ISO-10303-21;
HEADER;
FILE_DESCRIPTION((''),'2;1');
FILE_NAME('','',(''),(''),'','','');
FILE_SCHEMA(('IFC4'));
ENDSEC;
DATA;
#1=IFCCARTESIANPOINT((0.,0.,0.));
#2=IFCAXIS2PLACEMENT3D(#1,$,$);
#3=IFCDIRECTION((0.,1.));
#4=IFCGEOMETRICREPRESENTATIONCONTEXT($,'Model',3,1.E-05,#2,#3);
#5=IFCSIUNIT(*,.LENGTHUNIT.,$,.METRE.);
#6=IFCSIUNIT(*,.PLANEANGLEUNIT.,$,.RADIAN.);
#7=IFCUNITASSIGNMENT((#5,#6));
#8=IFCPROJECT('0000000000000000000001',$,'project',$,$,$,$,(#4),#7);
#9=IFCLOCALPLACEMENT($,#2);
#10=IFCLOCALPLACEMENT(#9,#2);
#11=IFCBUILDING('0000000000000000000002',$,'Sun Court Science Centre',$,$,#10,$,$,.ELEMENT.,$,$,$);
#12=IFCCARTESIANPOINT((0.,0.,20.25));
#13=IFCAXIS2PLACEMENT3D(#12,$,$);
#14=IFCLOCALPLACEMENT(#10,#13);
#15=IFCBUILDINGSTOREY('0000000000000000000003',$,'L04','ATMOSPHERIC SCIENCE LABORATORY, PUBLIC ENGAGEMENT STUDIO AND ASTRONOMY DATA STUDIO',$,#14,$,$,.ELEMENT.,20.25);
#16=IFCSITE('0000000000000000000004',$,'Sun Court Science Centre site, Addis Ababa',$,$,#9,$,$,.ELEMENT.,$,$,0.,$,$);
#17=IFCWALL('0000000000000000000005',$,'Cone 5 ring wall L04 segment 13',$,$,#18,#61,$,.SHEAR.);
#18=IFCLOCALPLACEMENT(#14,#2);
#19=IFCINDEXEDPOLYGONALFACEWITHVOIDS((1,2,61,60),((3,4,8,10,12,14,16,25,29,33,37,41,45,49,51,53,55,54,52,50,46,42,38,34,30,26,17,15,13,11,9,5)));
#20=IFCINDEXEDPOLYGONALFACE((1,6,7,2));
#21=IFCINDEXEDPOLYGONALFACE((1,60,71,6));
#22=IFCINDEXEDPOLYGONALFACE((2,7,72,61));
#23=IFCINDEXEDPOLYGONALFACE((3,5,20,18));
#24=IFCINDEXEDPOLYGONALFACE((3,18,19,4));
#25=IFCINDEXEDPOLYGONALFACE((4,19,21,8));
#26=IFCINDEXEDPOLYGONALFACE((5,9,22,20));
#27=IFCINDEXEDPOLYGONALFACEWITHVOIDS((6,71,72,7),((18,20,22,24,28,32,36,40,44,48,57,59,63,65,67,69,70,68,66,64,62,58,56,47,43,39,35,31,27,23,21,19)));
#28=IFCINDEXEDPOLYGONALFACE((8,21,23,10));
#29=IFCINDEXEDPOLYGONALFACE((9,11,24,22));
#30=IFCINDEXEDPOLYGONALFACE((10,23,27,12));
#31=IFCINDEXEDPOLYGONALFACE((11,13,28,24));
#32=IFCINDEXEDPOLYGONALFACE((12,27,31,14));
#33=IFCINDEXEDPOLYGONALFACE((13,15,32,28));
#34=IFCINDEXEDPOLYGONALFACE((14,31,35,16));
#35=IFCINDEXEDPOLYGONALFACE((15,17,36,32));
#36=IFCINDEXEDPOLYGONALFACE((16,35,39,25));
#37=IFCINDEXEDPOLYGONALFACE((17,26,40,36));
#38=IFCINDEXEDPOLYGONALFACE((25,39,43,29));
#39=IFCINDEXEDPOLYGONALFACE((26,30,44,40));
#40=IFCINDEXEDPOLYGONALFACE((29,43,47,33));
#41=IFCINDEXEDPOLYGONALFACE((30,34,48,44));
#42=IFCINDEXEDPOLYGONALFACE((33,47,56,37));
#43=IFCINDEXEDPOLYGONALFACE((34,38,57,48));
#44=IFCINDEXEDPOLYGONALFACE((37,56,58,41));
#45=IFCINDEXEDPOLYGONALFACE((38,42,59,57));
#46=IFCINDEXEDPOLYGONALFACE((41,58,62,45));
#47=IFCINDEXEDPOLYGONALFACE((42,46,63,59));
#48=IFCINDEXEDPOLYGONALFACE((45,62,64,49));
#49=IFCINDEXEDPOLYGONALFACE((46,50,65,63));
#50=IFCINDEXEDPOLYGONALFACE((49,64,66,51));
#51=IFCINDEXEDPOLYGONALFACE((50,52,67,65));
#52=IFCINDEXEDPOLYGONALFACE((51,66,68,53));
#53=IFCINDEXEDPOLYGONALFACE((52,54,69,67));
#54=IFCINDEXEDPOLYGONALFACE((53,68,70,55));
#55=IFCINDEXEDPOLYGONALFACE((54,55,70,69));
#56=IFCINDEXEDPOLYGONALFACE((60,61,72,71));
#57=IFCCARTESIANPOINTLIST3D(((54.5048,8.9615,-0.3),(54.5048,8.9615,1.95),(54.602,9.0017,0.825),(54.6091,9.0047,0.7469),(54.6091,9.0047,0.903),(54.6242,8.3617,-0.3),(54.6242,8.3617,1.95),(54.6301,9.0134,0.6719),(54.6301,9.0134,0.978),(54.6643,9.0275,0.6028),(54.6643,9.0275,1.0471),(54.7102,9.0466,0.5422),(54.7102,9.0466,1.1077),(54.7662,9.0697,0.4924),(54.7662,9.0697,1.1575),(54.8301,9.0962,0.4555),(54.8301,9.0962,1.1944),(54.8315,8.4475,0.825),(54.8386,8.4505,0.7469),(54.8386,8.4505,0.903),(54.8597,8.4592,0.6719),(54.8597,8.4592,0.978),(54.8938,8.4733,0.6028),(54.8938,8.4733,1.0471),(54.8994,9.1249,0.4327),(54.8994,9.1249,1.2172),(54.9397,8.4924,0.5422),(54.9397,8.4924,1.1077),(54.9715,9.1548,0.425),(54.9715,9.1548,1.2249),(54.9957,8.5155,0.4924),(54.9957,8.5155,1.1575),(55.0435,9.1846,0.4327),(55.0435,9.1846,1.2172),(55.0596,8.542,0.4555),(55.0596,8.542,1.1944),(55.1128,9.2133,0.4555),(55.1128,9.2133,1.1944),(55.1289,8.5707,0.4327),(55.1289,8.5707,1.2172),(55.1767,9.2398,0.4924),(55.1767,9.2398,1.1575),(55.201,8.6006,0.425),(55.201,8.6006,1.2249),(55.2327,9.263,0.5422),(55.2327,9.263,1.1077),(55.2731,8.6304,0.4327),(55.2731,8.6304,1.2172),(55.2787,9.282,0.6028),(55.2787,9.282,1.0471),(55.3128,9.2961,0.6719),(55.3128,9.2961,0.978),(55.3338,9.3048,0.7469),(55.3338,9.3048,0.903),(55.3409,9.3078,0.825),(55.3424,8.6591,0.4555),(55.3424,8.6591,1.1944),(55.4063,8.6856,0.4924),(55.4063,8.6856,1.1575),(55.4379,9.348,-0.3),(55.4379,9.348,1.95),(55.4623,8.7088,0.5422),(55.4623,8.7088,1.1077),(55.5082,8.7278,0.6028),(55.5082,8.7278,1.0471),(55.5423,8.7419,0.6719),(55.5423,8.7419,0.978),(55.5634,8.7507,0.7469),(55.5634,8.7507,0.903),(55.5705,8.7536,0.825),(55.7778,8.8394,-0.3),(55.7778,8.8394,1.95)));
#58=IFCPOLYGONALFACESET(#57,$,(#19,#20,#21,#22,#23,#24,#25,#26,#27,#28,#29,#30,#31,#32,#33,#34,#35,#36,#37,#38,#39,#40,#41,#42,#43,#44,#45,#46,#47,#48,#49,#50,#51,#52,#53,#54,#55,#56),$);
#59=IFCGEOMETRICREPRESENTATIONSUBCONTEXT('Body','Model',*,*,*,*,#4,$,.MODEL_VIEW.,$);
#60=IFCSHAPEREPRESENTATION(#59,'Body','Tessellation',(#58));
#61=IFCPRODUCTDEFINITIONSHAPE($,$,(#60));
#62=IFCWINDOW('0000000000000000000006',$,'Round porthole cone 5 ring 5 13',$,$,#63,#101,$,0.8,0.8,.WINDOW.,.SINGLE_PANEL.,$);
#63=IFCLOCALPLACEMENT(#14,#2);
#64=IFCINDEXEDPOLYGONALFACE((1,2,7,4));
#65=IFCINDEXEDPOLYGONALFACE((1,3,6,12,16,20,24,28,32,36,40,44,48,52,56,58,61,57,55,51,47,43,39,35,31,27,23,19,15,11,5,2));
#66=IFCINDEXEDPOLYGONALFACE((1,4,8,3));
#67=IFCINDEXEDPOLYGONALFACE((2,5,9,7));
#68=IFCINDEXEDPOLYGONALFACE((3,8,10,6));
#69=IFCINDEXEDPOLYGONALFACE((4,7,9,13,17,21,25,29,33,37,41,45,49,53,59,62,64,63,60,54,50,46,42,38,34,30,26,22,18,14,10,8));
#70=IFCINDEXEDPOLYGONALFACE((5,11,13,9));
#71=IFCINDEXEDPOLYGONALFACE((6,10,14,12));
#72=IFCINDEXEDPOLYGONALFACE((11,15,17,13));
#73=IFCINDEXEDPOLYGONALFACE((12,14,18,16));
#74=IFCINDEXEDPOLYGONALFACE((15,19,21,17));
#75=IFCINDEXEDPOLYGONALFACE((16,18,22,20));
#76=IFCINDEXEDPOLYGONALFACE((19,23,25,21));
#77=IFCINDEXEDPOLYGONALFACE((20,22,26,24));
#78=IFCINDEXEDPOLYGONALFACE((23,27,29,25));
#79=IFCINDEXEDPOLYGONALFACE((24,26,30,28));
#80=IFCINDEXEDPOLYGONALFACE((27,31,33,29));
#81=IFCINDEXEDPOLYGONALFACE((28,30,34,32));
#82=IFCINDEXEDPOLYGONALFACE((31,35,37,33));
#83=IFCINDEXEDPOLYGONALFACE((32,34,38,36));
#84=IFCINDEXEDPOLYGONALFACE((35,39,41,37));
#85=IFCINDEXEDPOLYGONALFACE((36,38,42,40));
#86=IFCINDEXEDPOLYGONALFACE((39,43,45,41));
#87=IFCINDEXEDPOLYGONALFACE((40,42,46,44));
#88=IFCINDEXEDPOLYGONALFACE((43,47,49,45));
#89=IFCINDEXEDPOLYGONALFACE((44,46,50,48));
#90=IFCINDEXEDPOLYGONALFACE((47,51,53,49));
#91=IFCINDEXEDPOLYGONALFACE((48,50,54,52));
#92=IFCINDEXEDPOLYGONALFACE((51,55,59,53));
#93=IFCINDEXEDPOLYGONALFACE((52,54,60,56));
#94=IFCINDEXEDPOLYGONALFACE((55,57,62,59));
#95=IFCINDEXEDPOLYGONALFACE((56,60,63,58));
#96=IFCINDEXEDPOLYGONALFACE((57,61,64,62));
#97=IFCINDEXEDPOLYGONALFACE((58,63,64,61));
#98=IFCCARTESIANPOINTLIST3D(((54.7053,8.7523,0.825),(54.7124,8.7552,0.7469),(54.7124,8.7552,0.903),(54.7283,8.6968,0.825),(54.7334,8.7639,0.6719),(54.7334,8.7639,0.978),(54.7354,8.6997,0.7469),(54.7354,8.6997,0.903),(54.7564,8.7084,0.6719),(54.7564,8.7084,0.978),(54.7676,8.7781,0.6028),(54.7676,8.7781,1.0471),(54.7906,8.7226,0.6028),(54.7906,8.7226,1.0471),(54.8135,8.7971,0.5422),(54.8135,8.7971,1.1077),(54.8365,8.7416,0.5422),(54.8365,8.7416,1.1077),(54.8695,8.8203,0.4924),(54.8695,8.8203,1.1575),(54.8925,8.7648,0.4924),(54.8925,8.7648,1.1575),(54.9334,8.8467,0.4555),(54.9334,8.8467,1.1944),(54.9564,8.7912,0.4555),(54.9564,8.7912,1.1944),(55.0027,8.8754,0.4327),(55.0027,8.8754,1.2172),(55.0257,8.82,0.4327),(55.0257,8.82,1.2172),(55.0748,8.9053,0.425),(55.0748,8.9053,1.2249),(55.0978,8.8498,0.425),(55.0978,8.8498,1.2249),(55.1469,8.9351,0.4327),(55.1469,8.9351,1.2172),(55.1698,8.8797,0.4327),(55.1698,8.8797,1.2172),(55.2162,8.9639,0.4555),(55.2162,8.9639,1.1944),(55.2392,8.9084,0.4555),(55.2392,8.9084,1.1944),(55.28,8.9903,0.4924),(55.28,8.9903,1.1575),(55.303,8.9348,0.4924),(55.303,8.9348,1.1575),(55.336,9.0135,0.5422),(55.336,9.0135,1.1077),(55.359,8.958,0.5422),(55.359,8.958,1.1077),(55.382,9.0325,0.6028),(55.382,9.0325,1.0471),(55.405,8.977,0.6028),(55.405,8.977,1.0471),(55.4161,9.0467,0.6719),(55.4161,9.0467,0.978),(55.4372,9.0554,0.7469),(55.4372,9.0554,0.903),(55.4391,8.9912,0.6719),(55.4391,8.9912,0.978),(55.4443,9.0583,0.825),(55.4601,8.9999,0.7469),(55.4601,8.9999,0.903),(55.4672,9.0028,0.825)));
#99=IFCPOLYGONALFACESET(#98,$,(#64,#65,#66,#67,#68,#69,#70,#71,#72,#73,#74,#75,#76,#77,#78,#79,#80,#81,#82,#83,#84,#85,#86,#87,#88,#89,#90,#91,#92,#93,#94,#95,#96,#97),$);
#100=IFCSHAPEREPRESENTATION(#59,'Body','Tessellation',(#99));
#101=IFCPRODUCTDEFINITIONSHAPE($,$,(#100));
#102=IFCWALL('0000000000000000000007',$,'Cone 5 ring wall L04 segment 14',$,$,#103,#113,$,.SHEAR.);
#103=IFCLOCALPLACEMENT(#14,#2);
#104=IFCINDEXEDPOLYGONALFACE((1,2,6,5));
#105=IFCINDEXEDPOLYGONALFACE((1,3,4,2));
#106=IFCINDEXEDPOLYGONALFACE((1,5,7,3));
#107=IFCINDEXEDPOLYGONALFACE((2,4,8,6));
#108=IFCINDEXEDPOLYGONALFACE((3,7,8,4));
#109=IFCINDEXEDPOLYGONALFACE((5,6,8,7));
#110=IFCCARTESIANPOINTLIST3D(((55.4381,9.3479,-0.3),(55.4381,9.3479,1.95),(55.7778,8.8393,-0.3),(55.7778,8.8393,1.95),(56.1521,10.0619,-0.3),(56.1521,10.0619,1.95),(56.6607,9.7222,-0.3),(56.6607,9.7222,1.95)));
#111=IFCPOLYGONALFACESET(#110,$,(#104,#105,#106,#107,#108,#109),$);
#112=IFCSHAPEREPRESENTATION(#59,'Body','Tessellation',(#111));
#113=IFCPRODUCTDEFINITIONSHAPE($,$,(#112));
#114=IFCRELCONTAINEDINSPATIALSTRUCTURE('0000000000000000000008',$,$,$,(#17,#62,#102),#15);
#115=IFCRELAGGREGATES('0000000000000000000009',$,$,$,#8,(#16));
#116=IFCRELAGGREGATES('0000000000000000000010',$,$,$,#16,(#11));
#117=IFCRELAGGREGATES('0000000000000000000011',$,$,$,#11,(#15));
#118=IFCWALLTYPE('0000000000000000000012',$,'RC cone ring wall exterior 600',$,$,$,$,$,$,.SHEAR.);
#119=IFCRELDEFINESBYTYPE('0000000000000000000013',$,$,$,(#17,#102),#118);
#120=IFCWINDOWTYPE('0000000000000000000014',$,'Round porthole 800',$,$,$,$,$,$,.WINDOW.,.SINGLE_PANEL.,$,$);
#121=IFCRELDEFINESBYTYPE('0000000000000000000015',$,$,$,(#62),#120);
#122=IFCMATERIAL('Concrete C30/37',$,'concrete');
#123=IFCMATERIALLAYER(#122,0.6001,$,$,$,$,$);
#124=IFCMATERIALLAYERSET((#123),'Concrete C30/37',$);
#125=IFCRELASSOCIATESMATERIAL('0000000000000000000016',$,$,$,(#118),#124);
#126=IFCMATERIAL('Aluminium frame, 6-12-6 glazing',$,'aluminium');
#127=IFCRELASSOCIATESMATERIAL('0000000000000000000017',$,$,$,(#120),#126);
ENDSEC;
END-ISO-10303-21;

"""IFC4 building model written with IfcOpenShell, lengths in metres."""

from ifc_helpers import new_model, si_unit, direction, frame, frame_2d, origin, place, context, subcontext, project, spatial, polyline, circle, outline, extrude, material, layer, layer_set, type_object, element, fill, save


model = new_model("IFC4")

# Units and contexts
model_context = context("Model", 3, precision=1e-05, world=origin(), true_north=direction((0.0, 1.0)))
body_context = subcontext(model_context, "Body", "Model", "MODEL_VIEW")
ifc_project = project(units=[si_unit("LENGTHUNIT", "METRE"), si_unit("PLANEANGLEUNIT", "RADIAN")], contexts=[model_context])

# Site, building, storey
site_placement = place(None, origin())
site = spatial("IfcSite", under=ifc_project, at=site_placement, Name="Sun Court Science Centre site, Addis Ababa", CompositionType="ELEMENT", RefElevation=0.0)
building_placement = place(site_placement, origin())
building = spatial("IfcBuilding", under=site, at=building_placement, Name="Sun Court Science Centre", CompositionType="ELEMENT")
storey_placement = place(building_placement, frame((0.0, 0.0, 20.25)))
storey = spatial("IfcBuildingStorey", under=building, at=storey_placement, Name="L04", Description="ATMOSPHERIC SCIENCE LABORATORY, PUBLIC ENGAGEMENT STUDIO AND ASTRONOMY DATA STUDIO", CompositionType="ELEMENT", Elevation=20.25)

# Wall, opening, window
ifc_material_1 = material(Name="Concrete C30/37", Category="concrete")
ifc_layer = layer(ifc_material_1, 0.6001)
ifc_layer_set = layer_set([ifc_layer], Name="Concrete C30/37")
wall_type = type_object("IfcWallType", Name="RC cone ring wall exterior 600", PredefinedType="SHEAR", material=ifc_layer_set)
ifc_material_2 = material(Name="Aluminium frame, 6-12-6 glazing", Category="aluminium")
window_type = type_object("IfcWindowType", Name="Round porthole 800", PartitioningType="SINGLE_PANEL", PredefinedType="WINDOW", material=ifc_material_2)
wall_1_placement = place(storey_placement, frame((54.5095, 8.6387, -0.3), z_axis=(0.0, 0.0, 1.0), x_axis=(0.923891, 0.382657, 0.0)))
wall_1 = element("IfcWall", 1, at=wall_1_placement, inside=storey, type_object=wall_type, Name="Cone 5 ring wall L04 segment 13", PredefinedType="SHEAR", context=body_context, shape_type="SweptSolid", body=[
    extrude(outline(polyline([(0.0, -0.2998), (1.2485, -0.2998), (1.1292, 0.3), (0.1191, 0.3), (0.0, -0.2998)])), origin(), (0.0, 0.0, 1.0), 2.25),
])
opening_1_placement = place(wall_1_placement, frame((0.2244, 0.0, 0.7251)))
opening_1 = element("IfcOpeningElement", 2, at=opening_1_placement, cuts=wall_1, PredefinedType="OPENING", context=body_context, shape_type="SweptSolid", body=[
    extrude(circle(Radius=0.3999, at=frame_2d((0.3999, 0.3999))), frame((0.0, 0.3101, 0.0), z_axis=(0.0, -1.0, 0.0), x_axis=(1.0, 0.0, 0.0)), (0.0, 0.0, 1.0), 0.6201),
])
window_1_placement = place(opening_1_placement, origin())
window_1 = element("IfcWindow", 3, at=window_1_placement, inside=storey, type_object=window_type, Name="Round porthole cone 5 ring 5 13", OverallHeight=0.8, OverallWidth=0.8, PartitioningType="SINGLE_PANEL", PredefinedType="WINDOW", context=body_context, shape_type="SweptSolid", body=[
    extrude(circle(Radius=0.3999, at=frame_2d((0.3999, 0.3999))), frame((0.0, 0.03, 0.0), z_axis=(0.0, -1.0, 0.0), x_axis=(1.0, 0.0, 0.0)), (0.0, 0.0, 1.0), 0.0601),
])
fill(opening_1, window_1)

# Wall
wall_2_placement = place(storey_placement, frame((55.5657, 9.0515, -0.3), z_axis=(0.0, 0.0, 1.0), x_axis=(0.707107, 0.707107, 0.0)))
element("IfcWall", 4, at=wall_2_placement, inside=storey, type_object=wall_type, Name="Cone 5 ring wall L04 segment 14", PredefinedType="SHEAR", context=body_context, shape_type="SweptSolid", body=[
    extrude(outline(polyline([(0.0, -0.3), (1.2485, -0.3), (1.1292, 0.2998), (0.1194, 0.2998), (0.0, -0.3)])), origin(), (0.0, 0.0, 1.0), 2.25),
])

save(model, "model.ifc")
